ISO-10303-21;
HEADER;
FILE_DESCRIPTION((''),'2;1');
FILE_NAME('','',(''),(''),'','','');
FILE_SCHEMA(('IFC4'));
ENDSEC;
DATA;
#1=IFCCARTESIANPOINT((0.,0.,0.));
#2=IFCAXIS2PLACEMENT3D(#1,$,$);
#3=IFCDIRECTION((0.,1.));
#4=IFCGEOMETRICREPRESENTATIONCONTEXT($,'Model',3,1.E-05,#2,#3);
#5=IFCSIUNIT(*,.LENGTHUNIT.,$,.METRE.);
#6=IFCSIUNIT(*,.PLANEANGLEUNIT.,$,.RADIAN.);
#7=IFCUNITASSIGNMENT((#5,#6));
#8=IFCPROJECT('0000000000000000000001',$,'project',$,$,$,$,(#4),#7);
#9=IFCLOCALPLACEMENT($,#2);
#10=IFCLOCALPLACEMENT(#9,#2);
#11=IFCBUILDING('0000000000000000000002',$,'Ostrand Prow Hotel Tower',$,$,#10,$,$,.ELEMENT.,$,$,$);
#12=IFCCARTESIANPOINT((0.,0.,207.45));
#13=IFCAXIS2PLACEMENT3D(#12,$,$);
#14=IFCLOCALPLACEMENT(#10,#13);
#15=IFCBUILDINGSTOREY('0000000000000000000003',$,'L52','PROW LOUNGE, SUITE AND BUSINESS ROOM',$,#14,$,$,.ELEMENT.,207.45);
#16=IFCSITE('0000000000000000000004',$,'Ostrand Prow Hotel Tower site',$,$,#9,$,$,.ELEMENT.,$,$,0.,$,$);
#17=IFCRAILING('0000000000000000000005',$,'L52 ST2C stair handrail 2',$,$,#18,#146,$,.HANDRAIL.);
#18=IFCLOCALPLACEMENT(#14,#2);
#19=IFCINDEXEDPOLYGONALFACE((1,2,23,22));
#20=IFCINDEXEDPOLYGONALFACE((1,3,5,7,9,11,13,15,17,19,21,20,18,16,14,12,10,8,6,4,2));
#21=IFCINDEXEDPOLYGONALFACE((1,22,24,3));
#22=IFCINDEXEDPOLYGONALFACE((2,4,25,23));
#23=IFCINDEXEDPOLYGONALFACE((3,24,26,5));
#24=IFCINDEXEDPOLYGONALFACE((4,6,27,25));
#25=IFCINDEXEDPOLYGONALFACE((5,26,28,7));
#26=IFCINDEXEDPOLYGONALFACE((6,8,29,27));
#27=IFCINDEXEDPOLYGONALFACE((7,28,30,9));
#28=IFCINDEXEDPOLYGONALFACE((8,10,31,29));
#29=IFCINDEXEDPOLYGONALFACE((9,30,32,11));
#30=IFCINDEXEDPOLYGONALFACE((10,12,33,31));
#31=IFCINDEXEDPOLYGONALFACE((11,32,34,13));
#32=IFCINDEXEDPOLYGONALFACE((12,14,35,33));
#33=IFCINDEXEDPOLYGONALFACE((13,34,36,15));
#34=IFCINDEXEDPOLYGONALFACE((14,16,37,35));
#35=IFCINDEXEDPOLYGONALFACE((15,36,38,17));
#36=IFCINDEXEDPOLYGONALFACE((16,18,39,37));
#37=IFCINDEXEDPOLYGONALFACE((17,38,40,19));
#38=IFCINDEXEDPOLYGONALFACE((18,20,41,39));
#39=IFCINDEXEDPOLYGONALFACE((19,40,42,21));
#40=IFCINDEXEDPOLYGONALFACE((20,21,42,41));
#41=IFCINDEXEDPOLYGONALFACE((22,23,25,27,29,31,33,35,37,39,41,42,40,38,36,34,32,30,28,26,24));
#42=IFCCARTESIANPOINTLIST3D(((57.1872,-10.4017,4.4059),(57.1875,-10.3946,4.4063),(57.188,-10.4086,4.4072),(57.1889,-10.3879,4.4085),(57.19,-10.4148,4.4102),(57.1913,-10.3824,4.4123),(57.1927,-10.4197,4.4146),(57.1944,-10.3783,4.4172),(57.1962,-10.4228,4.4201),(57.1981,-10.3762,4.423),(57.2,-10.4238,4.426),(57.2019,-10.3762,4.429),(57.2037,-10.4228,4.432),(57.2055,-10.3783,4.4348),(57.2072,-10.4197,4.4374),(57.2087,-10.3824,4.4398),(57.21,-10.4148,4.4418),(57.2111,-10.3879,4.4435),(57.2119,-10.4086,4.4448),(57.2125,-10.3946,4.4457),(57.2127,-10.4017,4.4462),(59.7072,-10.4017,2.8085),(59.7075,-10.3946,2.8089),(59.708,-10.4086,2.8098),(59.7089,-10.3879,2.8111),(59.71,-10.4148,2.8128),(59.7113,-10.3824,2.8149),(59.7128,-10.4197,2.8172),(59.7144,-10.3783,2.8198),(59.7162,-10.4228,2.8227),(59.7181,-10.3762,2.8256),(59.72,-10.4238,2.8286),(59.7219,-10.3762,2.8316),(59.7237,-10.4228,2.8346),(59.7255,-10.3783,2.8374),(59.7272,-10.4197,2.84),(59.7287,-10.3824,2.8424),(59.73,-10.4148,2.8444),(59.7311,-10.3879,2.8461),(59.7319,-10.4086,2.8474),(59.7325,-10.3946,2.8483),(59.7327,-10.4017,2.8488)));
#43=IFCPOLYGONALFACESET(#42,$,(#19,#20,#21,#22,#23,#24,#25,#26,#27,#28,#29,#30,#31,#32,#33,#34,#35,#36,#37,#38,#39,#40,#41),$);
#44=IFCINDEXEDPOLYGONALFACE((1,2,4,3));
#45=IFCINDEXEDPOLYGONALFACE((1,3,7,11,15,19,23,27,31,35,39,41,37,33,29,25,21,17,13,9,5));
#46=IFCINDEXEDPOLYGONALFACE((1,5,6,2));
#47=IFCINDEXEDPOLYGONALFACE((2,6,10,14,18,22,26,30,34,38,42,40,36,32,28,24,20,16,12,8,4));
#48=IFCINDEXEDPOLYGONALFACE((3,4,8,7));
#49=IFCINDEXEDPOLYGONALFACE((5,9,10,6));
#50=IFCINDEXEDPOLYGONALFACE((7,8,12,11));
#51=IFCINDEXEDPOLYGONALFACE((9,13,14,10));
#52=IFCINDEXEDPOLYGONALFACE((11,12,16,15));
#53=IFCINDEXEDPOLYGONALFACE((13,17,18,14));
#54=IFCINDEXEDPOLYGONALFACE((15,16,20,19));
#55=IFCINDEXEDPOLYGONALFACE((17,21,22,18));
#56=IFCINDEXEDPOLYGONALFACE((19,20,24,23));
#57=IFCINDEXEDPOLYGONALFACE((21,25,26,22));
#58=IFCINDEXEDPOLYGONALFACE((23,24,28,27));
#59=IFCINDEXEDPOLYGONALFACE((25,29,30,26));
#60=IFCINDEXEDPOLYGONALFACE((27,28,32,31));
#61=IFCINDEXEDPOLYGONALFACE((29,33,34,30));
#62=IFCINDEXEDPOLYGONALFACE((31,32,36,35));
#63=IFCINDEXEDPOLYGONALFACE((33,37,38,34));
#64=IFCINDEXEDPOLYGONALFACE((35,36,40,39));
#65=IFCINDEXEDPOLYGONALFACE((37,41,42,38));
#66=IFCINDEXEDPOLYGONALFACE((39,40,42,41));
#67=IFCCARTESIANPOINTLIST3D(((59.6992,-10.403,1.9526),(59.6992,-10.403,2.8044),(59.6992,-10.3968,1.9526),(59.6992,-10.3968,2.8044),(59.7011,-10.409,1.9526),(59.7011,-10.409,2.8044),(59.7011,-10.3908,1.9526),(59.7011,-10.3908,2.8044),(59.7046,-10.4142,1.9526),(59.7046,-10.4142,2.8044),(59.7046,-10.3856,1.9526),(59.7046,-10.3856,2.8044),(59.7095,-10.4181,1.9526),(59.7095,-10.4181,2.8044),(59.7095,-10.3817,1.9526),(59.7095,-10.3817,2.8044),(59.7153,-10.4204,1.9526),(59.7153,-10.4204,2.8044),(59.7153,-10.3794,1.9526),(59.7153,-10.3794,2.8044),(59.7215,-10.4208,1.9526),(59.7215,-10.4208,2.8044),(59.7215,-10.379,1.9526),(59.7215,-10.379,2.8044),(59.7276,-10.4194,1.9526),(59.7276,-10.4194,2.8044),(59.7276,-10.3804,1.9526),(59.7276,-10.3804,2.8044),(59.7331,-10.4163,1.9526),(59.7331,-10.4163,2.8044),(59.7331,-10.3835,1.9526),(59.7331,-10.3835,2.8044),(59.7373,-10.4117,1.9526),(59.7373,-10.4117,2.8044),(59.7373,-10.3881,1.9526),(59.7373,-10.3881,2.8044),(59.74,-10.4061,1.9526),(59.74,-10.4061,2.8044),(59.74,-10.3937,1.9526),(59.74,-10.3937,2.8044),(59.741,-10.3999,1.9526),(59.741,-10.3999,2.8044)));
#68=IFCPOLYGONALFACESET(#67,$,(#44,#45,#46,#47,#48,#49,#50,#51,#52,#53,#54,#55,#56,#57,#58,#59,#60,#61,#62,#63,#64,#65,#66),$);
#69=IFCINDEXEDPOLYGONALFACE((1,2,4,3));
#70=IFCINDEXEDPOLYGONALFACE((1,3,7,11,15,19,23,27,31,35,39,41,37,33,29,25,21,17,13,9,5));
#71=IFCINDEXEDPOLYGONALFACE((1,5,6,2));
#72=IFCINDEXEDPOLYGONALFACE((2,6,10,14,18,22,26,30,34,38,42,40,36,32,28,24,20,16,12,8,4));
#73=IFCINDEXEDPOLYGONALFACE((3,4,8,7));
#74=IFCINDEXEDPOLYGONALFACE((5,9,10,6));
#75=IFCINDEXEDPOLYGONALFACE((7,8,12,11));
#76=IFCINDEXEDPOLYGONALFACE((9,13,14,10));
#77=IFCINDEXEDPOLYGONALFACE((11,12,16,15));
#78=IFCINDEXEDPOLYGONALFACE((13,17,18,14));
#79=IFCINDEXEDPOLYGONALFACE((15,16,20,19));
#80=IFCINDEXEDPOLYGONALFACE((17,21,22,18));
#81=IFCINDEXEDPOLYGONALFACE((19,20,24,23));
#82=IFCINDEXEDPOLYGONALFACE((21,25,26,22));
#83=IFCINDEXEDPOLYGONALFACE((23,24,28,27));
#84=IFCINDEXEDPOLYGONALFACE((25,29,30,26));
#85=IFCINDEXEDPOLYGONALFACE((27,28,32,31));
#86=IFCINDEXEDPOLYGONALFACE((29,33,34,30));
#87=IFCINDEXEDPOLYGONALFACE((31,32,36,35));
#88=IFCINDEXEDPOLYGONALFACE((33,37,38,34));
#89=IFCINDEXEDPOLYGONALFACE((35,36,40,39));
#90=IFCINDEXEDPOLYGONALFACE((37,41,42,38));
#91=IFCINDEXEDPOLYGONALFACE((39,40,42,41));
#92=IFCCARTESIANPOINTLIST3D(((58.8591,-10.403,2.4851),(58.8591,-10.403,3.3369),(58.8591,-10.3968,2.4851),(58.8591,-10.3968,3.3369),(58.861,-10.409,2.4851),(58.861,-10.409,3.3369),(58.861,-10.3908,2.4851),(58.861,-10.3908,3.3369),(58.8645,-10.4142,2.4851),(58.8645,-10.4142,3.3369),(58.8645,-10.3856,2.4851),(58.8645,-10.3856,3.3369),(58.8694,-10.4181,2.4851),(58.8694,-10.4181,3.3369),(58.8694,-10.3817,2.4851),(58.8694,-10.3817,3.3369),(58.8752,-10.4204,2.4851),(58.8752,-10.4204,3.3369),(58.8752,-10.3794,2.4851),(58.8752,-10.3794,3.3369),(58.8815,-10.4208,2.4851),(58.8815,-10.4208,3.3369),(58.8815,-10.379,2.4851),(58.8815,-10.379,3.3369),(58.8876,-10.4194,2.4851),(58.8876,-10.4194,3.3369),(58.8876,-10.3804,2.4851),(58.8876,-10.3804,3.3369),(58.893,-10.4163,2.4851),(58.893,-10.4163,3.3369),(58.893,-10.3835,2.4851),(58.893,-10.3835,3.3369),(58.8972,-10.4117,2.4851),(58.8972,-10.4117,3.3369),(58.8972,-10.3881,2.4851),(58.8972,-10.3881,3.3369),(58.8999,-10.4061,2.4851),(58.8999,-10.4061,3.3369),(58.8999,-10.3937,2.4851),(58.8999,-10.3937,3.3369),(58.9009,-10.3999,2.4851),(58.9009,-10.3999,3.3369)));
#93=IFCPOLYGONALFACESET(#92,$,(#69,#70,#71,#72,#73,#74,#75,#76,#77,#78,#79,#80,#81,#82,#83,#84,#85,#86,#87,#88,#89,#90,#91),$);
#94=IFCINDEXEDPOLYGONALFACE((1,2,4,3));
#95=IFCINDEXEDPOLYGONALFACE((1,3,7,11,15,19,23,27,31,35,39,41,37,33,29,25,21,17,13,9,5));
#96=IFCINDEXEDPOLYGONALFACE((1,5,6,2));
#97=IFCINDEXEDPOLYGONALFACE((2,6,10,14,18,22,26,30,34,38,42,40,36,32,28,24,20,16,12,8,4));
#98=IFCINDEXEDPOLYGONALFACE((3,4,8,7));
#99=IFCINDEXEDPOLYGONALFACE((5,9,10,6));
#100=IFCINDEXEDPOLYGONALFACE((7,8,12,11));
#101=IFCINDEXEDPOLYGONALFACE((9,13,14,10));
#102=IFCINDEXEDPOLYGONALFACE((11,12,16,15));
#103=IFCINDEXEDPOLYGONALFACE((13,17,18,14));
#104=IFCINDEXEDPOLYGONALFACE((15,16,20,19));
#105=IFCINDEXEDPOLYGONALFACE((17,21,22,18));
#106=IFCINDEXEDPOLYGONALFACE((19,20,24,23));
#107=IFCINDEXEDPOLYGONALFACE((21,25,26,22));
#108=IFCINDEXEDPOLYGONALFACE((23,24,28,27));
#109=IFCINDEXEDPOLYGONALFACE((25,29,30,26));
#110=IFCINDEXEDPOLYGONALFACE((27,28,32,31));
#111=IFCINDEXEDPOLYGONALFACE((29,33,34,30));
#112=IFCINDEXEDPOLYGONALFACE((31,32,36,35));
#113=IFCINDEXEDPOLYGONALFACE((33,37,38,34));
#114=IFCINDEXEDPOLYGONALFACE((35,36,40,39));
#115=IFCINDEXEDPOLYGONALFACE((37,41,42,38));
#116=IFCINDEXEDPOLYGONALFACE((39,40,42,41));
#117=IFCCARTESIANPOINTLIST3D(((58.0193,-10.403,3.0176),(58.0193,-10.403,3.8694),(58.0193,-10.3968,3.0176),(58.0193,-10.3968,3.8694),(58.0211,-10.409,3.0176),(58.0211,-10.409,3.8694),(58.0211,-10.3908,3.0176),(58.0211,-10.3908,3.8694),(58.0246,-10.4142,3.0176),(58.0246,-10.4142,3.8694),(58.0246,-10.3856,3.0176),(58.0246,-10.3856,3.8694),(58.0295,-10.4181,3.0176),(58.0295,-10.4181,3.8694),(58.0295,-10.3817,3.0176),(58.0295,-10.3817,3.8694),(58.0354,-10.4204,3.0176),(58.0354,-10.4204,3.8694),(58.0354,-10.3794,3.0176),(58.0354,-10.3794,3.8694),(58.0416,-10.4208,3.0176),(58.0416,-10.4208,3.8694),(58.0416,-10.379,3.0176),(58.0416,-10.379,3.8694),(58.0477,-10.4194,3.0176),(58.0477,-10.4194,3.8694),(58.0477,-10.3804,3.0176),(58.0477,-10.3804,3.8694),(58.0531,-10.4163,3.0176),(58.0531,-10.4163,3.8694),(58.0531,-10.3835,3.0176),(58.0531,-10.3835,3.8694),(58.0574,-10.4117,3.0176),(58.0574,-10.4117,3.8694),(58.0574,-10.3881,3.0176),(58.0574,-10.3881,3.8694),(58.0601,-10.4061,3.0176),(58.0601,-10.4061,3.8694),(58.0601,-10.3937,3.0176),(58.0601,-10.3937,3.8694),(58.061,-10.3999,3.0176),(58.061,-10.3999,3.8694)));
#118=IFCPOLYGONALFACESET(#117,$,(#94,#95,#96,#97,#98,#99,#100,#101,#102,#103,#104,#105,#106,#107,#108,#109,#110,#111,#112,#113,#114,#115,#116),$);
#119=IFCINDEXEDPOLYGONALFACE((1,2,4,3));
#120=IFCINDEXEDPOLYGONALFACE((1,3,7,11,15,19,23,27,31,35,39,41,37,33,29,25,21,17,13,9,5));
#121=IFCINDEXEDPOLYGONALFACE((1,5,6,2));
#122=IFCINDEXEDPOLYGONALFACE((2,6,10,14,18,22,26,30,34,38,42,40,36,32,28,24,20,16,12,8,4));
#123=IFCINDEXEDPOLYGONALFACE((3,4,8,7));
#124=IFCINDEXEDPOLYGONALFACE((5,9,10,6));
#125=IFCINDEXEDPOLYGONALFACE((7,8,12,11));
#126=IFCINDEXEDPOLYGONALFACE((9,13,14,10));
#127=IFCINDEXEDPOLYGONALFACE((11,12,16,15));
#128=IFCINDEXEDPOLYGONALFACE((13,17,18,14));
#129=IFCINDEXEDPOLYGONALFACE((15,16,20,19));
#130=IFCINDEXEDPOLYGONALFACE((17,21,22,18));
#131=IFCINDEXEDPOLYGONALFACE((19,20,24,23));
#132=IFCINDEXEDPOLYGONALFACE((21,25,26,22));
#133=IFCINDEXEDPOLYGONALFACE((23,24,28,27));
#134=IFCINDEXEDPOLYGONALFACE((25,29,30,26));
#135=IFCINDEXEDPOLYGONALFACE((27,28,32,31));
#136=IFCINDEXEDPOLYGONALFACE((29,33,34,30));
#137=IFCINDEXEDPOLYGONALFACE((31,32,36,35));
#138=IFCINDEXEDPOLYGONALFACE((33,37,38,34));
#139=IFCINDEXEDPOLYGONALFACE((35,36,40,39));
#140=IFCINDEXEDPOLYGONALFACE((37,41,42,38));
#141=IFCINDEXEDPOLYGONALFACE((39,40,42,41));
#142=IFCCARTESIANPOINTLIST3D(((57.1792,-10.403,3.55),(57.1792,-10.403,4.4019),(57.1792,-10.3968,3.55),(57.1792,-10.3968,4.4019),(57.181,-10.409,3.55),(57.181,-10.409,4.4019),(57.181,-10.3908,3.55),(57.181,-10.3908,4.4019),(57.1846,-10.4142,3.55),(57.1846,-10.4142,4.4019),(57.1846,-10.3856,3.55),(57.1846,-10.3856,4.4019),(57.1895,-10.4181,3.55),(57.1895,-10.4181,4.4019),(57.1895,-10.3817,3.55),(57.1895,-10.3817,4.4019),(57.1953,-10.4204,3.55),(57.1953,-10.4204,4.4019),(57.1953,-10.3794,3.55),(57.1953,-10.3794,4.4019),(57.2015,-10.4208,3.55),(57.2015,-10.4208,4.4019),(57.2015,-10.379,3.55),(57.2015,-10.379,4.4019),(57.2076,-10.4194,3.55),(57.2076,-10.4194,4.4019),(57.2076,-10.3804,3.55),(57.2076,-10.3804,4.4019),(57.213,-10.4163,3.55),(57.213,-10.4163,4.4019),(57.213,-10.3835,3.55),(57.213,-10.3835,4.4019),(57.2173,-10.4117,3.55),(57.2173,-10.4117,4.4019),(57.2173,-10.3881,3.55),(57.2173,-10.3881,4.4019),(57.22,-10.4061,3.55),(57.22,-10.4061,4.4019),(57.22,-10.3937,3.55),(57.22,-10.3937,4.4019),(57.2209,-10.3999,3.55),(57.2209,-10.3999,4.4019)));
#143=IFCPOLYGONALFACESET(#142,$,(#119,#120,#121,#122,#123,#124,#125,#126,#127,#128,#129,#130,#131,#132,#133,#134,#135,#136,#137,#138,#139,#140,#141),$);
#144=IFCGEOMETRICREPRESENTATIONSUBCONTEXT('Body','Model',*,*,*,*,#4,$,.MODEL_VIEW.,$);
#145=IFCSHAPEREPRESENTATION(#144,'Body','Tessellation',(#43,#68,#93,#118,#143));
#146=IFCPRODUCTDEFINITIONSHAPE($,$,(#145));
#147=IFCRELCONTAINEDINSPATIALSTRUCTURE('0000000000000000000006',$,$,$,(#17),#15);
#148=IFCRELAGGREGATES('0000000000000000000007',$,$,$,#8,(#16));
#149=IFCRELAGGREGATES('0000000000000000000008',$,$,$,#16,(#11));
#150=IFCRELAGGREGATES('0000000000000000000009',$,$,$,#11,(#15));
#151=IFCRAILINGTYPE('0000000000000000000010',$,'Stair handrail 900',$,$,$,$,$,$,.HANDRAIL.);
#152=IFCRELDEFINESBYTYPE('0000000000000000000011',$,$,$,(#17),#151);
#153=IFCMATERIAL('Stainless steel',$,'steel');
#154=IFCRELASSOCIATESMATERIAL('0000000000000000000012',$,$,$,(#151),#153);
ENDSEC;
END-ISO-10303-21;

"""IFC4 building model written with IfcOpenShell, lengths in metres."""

from ifc_helpers import new_model, si_unit, direction, frame, origin, origin_2d, place, context, subcontext, project, spatial, circle, extrude, material, type_object, element, save


model = new_model("IFC4")

# Units and contexts
model_context = context("Model", 3, precision=1e-05, world=origin(), true_north=direction((0.0, 1.0)))
body_context = subcontext(model_context, "Body", "Model", "MODEL_VIEW")
ifc_project = project(units=[si_unit("LENGTHUNIT", "METRE"), si_unit("PLANEANGLEUNIT", "RADIAN")], contexts=[model_context])

# Site, building, storey
site_placement = place(None, origin())
site = spatial("IfcSite", under=ifc_project, at=site_placement, Name="Ostrand Prow Hotel Tower site", CompositionType="ELEMENT", RefElevation=0.0)
building_placement = place(site_placement, origin())
building = spatial("IfcBuilding", under=site, at=building_placement, Name="Ostrand Prow Hotel Tower", CompositionType="ELEMENT")
storey_placement = place(building_placement, frame((0.0, 0.0, 207.45)))
storey = spatial("IfcBuildingStorey", under=building, at=storey_placement, Name="L52", Description="PROW LOUNGE, SUITE AND BUSINESS ROOM", CompositionType="ELEMENT", Elevation=207.45)

# Railing
ifc_material_1 = material(Name="Stainless steel", Category="steel")
railing_type_1 = type_object("IfcRailingType", Name="Stair handrail 900", PredefinedType="HANDRAIL", material=ifc_material_1)
railing_1_placement = place(storey_placement, frame((59.72, -10.3999, 1.9526)))
element("IfcRailing", 1, at=railing_1_placement, inside=storey, type_object=railing_type_1, Name="L52 ST2C stair handrail 2", PredefinedType="HANDRAIL", context=body_context, shape_type="SweptSolid", body=[
    extrude(circle(Radius=0.0239, at=origin_2d()), frame((0.0, 0.0, 0.876), z_axis=(-0.844607, 0.0, 0.535387), x_axis=(0.0, -1.0, 0.0)), (0.0, 0.0, 1.0), 2.9836),
    extrude(circle(Radius=0.021, at=origin_2d()), origin(), (0.0, 0.0, 1.0), 0.8518),
    extrude(circle(Radius=0.021, at=origin_2d()), frame((-0.8401, 0.0, 0.5325)), (0.0, 0.0, 1.0), 0.8518),
    extrude(circle(Radius=0.021, at=origin_2d()), frame((-1.6799, 0.0, 1.0649)), (0.0, 0.0, 1.0), 0.8518),
    extrude(circle(Radius=0.021, at=origin_2d()), frame((-2.52, 0.0, 1.5974)), (0.0, 0.0, 1.0), 0.8518),
])

save(model, "model.ifc")
